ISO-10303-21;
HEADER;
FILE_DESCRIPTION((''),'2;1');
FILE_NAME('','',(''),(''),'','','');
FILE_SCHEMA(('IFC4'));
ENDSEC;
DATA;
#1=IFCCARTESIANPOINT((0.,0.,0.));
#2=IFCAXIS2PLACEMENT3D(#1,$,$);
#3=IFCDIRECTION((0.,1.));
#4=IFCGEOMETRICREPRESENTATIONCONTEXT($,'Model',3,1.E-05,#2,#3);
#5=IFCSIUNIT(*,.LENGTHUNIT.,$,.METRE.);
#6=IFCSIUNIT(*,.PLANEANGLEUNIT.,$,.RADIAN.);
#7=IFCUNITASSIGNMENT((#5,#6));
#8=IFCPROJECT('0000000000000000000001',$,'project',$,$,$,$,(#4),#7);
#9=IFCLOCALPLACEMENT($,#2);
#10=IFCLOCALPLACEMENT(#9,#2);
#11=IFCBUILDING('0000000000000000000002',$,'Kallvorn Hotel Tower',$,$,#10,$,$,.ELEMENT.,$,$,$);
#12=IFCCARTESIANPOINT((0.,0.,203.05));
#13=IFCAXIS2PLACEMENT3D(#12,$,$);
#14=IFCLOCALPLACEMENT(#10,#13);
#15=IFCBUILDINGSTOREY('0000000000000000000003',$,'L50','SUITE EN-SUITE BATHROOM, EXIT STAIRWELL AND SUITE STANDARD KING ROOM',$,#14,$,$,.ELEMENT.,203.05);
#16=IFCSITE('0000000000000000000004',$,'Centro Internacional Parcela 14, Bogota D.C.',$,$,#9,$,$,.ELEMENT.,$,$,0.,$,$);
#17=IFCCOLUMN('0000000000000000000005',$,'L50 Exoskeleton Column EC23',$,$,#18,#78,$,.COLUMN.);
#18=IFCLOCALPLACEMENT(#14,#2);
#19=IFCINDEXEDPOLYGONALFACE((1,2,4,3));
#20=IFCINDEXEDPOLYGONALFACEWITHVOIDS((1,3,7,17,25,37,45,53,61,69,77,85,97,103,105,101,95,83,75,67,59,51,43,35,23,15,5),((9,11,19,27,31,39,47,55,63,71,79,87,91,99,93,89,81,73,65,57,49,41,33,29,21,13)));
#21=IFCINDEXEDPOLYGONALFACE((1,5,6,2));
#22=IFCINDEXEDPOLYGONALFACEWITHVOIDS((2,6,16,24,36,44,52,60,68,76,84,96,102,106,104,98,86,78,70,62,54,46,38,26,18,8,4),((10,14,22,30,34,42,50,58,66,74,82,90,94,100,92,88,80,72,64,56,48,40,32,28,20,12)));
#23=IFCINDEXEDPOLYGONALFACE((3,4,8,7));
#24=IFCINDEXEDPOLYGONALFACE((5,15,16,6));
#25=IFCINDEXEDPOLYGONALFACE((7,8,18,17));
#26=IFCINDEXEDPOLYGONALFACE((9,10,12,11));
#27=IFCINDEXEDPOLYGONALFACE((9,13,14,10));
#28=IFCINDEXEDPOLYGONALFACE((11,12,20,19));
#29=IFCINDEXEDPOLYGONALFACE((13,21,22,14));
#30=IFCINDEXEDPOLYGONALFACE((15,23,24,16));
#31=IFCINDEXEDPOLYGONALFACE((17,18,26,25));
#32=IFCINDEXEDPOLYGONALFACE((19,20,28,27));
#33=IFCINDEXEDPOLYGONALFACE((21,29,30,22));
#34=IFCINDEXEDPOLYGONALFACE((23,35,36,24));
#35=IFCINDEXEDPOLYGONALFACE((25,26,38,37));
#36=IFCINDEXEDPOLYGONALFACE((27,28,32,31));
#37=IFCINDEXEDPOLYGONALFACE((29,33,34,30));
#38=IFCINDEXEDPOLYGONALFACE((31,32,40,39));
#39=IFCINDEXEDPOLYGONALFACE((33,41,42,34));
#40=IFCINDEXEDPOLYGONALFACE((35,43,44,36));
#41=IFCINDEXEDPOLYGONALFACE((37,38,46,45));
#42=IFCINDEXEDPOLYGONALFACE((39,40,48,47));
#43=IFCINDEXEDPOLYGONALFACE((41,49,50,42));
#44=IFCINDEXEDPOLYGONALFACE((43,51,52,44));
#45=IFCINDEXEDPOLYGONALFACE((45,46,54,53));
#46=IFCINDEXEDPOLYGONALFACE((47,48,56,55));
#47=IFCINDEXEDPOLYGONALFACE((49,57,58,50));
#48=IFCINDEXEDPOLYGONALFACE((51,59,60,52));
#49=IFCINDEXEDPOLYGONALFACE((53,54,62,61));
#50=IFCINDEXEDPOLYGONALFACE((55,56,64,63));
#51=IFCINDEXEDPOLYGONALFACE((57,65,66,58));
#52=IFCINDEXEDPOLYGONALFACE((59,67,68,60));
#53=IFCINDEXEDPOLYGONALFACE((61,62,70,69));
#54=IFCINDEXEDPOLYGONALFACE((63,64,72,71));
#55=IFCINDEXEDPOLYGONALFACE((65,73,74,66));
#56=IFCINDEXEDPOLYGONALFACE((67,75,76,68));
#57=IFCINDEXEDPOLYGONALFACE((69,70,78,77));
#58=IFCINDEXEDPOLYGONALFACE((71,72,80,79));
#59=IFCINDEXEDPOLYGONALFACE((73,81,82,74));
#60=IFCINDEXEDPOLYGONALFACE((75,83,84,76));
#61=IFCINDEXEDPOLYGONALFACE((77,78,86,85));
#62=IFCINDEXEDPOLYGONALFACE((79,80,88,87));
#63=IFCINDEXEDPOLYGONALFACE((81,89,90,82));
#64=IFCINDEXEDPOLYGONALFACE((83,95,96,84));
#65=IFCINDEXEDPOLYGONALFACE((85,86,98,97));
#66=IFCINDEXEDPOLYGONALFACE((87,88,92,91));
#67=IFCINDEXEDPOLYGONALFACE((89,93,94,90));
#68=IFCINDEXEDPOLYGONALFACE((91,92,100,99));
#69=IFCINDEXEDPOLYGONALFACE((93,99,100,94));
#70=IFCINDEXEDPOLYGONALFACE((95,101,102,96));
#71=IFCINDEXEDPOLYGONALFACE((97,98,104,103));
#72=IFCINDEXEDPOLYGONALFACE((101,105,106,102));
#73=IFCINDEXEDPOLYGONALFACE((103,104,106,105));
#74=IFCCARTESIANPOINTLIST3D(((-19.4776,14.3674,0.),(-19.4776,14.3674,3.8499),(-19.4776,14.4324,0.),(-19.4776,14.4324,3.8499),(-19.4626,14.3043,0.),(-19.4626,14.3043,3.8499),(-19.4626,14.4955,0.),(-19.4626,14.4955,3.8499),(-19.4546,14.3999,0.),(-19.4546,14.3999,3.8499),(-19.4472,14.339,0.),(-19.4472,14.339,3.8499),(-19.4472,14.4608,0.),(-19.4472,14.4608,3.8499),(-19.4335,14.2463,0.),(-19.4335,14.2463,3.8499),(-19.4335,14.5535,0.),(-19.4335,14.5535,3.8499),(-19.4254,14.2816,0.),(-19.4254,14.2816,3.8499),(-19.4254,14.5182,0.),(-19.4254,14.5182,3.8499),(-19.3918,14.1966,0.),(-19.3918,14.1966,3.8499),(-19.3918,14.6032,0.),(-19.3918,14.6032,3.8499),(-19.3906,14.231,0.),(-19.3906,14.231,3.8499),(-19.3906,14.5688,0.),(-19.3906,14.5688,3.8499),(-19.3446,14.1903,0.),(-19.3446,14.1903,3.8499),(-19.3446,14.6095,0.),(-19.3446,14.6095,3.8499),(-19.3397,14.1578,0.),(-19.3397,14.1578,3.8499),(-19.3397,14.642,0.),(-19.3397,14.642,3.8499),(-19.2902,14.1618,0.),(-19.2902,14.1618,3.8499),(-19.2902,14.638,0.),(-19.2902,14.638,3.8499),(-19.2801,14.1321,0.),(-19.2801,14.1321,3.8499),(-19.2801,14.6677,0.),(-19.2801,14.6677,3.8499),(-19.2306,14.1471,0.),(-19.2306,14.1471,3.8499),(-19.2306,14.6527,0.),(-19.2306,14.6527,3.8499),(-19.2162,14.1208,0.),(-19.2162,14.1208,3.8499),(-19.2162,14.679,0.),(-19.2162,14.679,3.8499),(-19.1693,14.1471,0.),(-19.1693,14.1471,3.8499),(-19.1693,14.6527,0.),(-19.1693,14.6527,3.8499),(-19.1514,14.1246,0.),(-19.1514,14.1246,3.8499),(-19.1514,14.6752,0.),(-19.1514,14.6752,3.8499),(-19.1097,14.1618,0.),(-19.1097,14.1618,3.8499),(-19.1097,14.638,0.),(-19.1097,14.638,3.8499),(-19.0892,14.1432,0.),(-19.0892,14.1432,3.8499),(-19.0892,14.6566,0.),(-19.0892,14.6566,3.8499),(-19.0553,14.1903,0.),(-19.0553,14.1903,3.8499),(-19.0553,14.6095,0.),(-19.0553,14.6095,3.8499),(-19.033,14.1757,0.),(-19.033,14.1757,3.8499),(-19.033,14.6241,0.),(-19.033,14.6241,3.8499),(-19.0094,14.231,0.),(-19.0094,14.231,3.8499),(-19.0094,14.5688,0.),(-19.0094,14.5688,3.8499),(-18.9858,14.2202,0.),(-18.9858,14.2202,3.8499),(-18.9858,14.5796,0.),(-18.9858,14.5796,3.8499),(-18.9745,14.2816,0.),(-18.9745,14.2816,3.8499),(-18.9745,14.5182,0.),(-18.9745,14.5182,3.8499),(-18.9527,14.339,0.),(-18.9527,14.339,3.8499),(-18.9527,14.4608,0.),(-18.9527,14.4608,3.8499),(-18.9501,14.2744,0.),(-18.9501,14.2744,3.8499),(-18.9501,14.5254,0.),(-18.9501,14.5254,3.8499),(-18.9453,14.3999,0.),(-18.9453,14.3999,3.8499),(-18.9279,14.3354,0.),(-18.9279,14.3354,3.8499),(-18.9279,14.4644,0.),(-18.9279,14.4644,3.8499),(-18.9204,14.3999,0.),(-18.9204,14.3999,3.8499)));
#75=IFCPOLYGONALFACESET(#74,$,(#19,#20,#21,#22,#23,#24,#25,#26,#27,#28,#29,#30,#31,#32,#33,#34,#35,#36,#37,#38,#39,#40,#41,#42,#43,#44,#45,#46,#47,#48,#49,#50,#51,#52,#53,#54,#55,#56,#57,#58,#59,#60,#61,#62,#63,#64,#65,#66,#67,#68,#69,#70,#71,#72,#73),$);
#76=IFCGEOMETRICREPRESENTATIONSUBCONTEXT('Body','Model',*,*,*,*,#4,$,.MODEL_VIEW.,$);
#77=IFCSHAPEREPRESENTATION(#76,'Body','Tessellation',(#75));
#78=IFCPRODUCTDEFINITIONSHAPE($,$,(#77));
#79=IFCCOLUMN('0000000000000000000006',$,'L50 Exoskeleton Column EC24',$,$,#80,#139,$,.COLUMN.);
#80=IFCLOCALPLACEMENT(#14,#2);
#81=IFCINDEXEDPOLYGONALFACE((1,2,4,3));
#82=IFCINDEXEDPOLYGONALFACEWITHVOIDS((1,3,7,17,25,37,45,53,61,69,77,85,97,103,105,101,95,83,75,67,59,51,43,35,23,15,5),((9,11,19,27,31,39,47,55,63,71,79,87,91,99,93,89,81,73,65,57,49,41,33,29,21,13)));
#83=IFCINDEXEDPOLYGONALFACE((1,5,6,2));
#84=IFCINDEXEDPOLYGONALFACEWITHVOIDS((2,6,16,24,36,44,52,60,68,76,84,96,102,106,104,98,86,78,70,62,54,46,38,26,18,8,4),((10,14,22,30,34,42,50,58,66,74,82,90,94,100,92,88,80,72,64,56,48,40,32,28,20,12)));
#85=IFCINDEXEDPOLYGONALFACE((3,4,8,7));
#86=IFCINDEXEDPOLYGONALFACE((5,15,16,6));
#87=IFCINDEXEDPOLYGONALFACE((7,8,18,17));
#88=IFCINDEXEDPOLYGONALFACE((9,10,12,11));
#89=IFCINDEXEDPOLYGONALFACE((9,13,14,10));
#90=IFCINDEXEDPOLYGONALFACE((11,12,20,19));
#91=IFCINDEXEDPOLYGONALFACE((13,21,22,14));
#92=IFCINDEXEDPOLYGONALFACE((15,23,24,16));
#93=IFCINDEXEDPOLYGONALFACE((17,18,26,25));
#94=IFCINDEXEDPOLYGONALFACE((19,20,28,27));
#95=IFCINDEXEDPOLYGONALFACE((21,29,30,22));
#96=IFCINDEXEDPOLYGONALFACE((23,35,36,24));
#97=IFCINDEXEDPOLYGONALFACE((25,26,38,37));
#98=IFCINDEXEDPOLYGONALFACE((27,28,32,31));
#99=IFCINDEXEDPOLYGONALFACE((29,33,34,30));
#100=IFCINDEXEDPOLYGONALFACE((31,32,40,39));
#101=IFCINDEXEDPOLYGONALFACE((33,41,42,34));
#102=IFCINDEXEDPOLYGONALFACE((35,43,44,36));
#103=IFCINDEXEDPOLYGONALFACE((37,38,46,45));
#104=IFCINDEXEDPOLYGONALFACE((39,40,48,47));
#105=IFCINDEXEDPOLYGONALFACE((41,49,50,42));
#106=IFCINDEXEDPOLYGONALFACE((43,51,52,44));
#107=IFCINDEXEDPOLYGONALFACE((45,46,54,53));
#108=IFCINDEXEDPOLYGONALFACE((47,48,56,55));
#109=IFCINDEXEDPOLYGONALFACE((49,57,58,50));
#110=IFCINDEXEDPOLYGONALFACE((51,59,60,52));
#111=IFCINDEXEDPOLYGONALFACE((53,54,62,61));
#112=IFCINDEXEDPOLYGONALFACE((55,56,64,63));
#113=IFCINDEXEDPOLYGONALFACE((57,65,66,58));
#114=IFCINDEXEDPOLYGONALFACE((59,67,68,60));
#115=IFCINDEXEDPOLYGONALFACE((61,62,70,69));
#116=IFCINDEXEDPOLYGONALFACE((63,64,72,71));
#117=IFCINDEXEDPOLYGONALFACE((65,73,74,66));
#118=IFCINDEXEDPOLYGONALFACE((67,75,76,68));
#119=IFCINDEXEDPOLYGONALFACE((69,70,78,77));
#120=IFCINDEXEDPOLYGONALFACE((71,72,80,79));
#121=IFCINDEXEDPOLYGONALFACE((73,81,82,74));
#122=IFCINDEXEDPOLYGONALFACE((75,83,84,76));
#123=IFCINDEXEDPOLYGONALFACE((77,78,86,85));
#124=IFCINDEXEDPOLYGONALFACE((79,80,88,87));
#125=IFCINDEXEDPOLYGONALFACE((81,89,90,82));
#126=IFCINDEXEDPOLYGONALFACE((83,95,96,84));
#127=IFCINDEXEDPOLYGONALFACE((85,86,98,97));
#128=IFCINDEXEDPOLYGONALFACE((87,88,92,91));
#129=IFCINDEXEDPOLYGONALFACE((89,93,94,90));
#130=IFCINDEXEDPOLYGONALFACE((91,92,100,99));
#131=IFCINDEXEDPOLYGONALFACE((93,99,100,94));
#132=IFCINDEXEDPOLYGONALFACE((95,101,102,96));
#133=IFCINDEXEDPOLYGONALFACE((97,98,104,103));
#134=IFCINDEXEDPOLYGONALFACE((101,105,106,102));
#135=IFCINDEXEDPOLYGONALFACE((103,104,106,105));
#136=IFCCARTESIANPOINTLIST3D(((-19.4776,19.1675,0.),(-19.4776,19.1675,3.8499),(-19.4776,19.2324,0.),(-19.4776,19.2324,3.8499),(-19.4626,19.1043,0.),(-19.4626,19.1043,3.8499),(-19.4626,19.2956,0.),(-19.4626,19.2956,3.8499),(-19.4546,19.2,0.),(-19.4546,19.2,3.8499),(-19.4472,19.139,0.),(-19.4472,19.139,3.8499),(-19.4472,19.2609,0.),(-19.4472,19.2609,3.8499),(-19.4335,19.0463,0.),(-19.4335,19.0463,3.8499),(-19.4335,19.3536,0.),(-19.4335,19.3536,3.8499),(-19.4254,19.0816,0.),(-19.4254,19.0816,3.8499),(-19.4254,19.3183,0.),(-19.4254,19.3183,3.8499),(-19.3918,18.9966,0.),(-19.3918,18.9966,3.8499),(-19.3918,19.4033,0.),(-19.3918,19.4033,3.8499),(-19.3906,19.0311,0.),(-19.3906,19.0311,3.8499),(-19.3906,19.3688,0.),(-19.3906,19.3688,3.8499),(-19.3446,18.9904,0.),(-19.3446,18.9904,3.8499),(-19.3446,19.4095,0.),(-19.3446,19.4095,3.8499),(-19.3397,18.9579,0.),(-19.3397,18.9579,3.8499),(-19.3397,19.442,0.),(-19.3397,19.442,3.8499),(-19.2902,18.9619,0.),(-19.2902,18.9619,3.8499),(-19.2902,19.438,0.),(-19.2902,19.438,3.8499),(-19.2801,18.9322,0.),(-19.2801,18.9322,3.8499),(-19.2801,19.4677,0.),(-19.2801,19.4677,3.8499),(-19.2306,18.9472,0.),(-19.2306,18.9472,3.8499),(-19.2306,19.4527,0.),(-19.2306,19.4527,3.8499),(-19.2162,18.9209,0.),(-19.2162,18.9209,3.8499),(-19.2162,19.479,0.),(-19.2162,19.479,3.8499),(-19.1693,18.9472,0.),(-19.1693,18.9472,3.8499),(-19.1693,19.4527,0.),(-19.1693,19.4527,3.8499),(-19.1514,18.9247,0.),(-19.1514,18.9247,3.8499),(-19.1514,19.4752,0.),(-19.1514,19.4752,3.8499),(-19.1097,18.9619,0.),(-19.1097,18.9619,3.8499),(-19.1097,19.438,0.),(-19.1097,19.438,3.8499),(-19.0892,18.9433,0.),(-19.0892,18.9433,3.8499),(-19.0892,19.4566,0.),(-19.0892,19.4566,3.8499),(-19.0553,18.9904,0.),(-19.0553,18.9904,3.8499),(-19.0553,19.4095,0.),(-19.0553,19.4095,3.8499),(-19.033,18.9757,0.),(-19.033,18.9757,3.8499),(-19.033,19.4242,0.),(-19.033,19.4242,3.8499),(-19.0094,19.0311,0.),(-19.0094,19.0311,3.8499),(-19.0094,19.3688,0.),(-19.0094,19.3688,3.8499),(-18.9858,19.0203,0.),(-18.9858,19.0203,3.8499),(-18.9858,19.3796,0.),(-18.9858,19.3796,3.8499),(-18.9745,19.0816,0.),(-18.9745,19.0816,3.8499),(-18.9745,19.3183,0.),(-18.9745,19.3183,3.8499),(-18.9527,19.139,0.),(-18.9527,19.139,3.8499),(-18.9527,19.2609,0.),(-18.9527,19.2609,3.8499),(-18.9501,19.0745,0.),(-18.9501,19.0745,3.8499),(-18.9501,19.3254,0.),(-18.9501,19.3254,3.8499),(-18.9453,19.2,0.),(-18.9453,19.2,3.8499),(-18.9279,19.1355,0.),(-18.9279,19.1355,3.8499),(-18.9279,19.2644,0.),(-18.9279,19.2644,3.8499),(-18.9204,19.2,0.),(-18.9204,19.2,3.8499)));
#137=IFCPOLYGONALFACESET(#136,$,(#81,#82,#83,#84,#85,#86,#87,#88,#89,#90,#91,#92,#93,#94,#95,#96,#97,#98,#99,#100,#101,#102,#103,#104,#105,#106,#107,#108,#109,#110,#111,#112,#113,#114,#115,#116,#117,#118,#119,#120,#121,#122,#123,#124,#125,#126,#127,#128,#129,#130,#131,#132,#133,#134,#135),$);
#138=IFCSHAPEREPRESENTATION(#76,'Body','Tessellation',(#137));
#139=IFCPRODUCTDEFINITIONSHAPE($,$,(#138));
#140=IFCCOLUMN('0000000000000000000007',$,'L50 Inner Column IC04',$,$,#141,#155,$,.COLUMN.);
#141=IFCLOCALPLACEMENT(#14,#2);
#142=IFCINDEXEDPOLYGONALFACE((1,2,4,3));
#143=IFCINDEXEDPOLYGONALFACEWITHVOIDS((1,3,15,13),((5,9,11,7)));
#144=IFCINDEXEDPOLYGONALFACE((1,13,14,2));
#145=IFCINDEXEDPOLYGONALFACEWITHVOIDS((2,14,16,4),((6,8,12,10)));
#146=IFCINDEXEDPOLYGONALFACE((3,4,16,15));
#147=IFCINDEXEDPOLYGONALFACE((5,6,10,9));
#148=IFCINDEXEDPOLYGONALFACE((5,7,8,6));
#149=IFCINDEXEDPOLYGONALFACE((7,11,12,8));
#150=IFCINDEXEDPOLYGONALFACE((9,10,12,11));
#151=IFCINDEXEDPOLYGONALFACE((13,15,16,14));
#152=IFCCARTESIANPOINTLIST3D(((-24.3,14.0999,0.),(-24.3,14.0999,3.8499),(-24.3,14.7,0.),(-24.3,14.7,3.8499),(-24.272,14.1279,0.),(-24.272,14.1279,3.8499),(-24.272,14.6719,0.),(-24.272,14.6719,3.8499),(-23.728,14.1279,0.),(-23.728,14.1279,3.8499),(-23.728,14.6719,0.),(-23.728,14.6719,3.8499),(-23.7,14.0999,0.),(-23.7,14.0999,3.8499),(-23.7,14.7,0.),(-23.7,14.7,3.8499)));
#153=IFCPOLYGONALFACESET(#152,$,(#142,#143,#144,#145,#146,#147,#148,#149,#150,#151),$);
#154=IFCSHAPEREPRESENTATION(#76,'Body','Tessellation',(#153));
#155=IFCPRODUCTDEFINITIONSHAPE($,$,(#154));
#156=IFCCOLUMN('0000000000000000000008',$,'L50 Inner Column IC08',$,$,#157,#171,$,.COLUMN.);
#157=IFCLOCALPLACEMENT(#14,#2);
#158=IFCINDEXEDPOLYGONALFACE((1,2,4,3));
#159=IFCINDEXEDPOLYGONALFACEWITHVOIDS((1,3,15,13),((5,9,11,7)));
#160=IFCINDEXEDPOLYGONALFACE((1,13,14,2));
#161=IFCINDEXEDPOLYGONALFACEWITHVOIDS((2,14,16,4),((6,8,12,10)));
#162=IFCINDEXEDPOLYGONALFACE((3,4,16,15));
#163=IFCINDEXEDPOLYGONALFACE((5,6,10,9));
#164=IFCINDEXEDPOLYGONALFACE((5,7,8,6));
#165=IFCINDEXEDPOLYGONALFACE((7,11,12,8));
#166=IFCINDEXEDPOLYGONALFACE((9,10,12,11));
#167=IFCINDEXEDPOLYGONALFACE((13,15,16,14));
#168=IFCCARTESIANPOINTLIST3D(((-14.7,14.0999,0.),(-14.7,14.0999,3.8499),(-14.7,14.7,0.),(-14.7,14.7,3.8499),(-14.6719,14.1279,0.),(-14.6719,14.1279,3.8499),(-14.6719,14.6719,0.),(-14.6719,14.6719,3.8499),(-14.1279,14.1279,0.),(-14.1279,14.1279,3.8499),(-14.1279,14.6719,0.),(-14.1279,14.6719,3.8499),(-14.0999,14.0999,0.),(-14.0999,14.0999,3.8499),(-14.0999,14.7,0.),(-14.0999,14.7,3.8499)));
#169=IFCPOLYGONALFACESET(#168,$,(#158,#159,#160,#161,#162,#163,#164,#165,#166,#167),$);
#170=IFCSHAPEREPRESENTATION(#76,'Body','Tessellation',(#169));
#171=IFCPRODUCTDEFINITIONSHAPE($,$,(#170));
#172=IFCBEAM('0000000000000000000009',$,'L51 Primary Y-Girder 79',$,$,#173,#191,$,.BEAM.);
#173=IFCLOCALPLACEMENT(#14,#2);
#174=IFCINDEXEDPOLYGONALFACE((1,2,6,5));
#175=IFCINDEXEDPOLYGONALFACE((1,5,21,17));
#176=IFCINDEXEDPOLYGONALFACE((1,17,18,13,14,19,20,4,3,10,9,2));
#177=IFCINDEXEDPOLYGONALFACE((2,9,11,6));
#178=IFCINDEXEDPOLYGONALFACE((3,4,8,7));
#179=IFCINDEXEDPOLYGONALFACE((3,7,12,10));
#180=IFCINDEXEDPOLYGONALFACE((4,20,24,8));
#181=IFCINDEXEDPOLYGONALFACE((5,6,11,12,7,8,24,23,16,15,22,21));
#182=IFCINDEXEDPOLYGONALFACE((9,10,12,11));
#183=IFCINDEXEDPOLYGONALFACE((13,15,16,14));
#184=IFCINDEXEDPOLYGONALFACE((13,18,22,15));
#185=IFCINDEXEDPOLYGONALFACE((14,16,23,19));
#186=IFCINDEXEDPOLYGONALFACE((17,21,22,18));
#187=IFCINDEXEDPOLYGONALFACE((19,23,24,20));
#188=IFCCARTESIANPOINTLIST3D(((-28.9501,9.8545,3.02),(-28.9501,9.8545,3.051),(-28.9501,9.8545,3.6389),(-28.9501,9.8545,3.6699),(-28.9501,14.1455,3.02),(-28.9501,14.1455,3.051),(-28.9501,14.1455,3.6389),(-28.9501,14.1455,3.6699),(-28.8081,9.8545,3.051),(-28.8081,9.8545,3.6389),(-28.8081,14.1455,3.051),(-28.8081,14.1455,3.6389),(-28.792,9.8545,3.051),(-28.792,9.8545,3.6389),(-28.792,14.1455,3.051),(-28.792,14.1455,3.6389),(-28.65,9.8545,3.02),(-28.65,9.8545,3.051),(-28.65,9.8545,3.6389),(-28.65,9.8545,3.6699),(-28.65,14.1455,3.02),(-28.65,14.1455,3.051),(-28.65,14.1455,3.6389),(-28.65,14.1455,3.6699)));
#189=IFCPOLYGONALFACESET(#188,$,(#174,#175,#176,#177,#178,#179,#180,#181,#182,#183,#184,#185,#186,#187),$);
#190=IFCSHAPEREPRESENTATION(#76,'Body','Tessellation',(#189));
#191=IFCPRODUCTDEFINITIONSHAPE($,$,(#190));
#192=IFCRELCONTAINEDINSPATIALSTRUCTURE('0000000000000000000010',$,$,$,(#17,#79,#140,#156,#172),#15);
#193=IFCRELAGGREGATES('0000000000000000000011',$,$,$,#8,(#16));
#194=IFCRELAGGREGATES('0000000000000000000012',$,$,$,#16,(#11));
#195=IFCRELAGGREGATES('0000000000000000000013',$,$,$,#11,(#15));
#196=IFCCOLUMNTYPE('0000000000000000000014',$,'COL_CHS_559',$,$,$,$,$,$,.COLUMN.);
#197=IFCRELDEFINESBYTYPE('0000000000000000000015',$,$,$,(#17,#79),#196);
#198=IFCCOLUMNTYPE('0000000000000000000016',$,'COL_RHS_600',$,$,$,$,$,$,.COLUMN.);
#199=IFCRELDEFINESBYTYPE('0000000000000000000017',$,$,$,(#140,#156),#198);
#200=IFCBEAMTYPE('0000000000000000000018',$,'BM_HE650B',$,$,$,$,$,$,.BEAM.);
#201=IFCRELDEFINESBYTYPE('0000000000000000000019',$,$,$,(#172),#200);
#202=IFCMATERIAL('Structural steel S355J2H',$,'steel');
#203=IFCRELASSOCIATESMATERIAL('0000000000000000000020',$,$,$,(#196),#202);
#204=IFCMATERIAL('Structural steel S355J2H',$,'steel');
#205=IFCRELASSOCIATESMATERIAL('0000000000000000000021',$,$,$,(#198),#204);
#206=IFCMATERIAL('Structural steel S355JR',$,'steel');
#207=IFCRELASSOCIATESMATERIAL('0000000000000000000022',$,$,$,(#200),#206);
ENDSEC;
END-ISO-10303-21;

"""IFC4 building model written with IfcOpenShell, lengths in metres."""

from ifc_helpers import new_model, si_unit, direction, frame, origin, origin_2d, place, context, subcontext, project, spatial, hollow_rectangle, hollow_circle, i_section, extrude, material, material_profile, profile_set, type_object, element, save


model = new_model("IFC4")

# Units and contexts
model_context = context("Model", 3, precision=1e-05, world=origin(), true_north=direction((0.0, 1.0)))
body_context = subcontext(model_context, "Body", "Model", "MODEL_VIEW")
ifc_project = project(units=[si_unit("LENGTHUNIT", "METRE"), si_unit("PLANEANGLEUNIT", "RADIAN")], contexts=[model_context])

# Site, building, storey
site_placement = place(None, origin())
site = spatial("IfcSite", under=ifc_project, at=site_placement, Name="Centro Internacional Parcela 14, Bogota D.C.", CompositionType="ELEMENT", RefElevation=0.0)
building_placement = place(site_placement, origin())
building = spatial("IfcBuilding", under=site, at=building_placement, Name="Kallvorn Hotel Tower", CompositionType="ELEMENT")
storey_placement = place(building_placement, frame((0.0, 0.0, 203.05)))
storey = spatial("IfcBuildingStorey", under=building, at=storey_placement, Name="L50", Description="SUITE EN-SUITE BATHROOM, EXIT STAIRWELL AND SUITE STANDARD KING ROOM", CompositionType="ELEMENT", Elevation=203.05)

# Columns
ifc_material_1 = material(Name="Structural steel S355J2H", Category="steel")
ifc_material_profile_1 = material_profile(ifc_material_1, hollow_circle(Radius=0.2795, WallThickness=0.0249, at=origin_2d()), Name="CHS 559x25")
ifc_profile_set_1 = profile_set([ifc_material_profile_1], Name="Structural steel S355J2H")
column_type_1 = type_object("IfcColumnType", Name="COL_CHS_559", PredefinedType="COLUMN", material=ifc_profile_set_1)
for number, where, z_axis, x_axis, name in (
    (1, (-19.2, 14.3999, 0.0), (0.0, 0.0, 1.0), (1.0, 0.0, 0.0), "L50 Exoskeleton Column EC23"),
    (2, (-19.2, 19.2, 0.0), (0.0, 0.0, 1.0), (1.0, 0.0, 0.0), "L50 Exoskeleton Column EC24"),
):
    element("IfcColumn", number, at=place(storey_placement, frame(where, z_axis=z_axis, x_axis=x_axis)), inside=storey, type_object=column_type_1, Name=name, PredefinedType="COLUMN", context=body_context, shape_type="SweptSolid", body=[
        extrude(hollow_circle(Radius=0.2795, WallThickness=0.0249, at=origin_2d()), origin(), (0.0, 0.0, 1.0), 3.8499),
    ])
ifc_material_2 = material(Name="Structural steel S355J2H", Category="steel")
ifc_material_profile_2 = material_profile(ifc_material_2, hollow_rectangle(XDim=0.6001, YDim=0.6001, WallThickness=0.0281, at=origin_2d()), Name="RHS 600x600x28")
ifc_profile_set_2 = profile_set([ifc_material_profile_2], Name="Structural steel S355J2H")
column_type_2 = type_object("IfcColumnType", Name="COL_RHS_600", PredefinedType="COLUMN", material=ifc_profile_set_2)
for number, where, z_axis, x_axis, name in (
    (3, (-24.0, 14.3999, 0.0), (0.0, 0.0, 1.0), (1.0, 0.0, 0.0), "L50 Inner Column IC04"),
    (4, (-14.3999, 14.3999, 0.0), (0.0, 0.0, 1.0), (1.0, 0.0, 0.0), "L50 Inner Column IC08"),
):
    element("IfcColumn", number, at=place(storey_placement, frame(where, z_axis=z_axis, x_axis=x_axis)), inside=storey, type_object=column_type_2, Name=name, PredefinedType="COLUMN", context=body_context, shape_type="SweptSolid", body=[
        extrude(hollow_rectangle(XDim=0.6001, YDim=0.6001, WallThickness=0.0281, at=origin_2d()), origin(), (0.0, 0.0, 1.0), 3.8499),
    ])

# Beam
ifc_material_3 = material(Name="Structural steel S355JR", Category="steel")
ifc_material_profile_3 = material_profile(ifc_material_3, i_section(OverallWidth=0.3, OverallDepth=0.6499, WebThickness=0.0161, FlangeThickness=0.031, at=origin_2d()), Name="HE 650 B")
ifc_profile_set_3 = profile_set([ifc_material_profile_3], Name="Structural steel S355JR")
beam_type_1 = type_object("IfcBeamType", Name="BM_HE650B", PredefinedType="BEAM", material=ifc_profile_set_3)
for number, where, z_axis, x_axis, name in (
    (5, (-28.8, 9.8545, 3.345), (0.0, 1.0, 0.0), (-1.0, 0.0, 0.0), "L51 Primary Y-Girder 79"),
):
    element("IfcBeam", number, at=place(storey_placement, frame(where, z_axis=z_axis, x_axis=x_axis)), inside=storey, type_object=beam_type_1, Name=name, PredefinedType="BEAM", context=body_context, shape_type="SweptSolid", body=[
        extrude(i_section(OverallWidth=0.3, OverallDepth=0.6499, WebThickness=0.0161, FlangeThickness=0.031, at=origin_2d()), origin(), (0.0, 0.0, 1.0), 4.291),
    ])

save(model, "model.ifc")
